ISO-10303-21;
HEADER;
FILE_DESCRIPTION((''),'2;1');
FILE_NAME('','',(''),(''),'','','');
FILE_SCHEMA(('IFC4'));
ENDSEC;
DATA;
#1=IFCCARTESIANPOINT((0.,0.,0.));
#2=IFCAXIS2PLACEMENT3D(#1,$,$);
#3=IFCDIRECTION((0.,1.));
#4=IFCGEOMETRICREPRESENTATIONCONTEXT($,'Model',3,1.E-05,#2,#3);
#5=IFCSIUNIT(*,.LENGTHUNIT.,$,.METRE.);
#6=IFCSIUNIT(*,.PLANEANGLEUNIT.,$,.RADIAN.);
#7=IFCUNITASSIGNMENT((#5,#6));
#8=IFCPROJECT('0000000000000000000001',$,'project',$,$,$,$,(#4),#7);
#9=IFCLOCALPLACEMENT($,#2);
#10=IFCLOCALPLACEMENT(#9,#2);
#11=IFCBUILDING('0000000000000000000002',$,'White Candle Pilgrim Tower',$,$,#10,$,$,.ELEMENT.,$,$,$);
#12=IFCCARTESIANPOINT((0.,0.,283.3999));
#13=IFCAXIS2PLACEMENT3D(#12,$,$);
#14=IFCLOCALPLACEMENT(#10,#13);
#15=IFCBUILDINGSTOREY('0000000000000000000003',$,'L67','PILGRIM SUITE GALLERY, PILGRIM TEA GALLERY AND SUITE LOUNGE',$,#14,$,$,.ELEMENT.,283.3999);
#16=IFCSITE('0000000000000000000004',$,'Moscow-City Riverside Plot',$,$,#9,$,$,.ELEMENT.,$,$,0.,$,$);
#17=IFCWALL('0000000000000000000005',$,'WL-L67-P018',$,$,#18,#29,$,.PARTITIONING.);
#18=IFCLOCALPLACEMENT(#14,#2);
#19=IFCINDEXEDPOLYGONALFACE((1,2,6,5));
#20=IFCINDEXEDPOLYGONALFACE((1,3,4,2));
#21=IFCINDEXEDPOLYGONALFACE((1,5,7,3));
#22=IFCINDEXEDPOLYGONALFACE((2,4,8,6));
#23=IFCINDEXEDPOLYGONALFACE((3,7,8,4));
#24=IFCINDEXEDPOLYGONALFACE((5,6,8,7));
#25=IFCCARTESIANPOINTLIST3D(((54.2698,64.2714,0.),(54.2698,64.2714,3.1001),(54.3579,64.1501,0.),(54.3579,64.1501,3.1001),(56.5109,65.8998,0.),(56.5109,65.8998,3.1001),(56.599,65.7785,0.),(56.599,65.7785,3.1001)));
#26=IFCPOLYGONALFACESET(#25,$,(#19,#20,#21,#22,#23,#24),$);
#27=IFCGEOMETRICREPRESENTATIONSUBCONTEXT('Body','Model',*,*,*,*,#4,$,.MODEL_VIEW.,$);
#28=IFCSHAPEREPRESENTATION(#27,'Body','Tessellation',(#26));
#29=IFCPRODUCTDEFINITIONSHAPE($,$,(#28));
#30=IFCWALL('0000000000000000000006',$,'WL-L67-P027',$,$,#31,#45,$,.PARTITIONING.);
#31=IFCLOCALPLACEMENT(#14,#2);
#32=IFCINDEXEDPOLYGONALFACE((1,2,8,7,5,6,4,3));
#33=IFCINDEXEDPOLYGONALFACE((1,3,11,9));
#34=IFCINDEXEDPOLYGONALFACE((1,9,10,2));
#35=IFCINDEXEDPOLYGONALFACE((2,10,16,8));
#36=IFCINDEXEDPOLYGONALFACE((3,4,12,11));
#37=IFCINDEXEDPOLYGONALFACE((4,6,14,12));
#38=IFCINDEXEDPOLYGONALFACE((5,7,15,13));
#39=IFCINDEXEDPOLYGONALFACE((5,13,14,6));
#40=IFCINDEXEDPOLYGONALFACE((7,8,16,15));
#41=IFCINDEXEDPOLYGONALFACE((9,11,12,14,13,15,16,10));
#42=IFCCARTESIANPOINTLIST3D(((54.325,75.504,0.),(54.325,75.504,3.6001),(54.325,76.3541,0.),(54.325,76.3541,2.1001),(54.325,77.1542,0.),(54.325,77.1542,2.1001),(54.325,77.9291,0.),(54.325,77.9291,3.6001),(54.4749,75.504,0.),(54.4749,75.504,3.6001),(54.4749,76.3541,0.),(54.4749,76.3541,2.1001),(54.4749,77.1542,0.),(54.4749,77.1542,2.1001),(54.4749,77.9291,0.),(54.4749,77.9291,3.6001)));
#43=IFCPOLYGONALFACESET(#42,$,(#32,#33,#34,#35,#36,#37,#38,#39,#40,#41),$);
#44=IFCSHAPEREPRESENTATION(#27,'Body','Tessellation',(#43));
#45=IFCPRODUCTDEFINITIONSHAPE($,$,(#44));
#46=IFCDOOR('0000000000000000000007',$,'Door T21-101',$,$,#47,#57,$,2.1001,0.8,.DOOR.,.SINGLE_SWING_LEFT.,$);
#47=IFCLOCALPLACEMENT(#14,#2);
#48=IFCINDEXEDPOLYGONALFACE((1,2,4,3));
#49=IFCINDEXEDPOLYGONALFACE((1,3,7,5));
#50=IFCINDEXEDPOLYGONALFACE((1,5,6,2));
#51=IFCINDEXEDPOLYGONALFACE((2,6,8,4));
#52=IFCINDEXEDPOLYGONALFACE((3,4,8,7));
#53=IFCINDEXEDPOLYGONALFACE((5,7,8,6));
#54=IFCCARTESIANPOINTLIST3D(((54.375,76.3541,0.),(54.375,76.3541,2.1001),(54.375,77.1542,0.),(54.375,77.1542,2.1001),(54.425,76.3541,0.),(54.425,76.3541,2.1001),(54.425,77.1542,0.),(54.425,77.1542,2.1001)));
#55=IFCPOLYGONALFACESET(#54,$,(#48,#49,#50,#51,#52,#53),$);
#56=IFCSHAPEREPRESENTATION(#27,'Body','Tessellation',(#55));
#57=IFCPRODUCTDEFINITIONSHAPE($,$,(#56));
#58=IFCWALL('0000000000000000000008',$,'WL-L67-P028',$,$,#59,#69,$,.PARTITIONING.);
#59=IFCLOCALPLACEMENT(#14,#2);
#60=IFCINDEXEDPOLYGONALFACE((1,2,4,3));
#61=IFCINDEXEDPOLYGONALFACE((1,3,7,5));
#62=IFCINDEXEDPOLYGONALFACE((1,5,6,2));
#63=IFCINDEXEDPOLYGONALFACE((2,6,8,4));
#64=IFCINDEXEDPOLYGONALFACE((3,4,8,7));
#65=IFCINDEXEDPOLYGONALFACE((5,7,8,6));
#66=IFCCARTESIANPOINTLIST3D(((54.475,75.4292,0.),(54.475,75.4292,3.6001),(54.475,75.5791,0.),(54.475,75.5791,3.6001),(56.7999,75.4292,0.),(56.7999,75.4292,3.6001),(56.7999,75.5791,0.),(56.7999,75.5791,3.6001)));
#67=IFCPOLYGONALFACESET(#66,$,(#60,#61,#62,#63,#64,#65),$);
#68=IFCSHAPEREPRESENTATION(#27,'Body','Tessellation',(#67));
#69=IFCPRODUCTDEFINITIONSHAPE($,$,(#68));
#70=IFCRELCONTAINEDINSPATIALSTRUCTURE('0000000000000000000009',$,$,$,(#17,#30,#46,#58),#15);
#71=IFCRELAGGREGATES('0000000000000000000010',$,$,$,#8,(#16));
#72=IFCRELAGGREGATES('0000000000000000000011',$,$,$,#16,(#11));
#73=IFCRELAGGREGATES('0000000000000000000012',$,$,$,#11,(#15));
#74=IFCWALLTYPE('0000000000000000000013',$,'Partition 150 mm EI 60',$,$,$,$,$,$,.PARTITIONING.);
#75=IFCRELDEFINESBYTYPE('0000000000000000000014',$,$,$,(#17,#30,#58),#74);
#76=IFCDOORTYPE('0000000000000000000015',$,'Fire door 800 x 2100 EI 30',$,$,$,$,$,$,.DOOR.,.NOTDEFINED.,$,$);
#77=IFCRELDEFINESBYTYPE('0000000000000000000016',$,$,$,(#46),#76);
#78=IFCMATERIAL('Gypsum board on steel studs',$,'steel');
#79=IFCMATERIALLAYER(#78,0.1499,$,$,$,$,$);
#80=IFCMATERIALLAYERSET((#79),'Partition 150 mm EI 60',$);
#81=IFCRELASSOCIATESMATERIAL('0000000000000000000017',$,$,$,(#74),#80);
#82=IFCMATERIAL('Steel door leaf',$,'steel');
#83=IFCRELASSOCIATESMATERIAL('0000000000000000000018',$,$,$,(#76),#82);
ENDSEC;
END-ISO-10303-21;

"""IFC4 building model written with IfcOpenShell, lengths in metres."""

from ifc_helpers import new_model, si_unit, direction, frame, frame_2d, origin, place, context, subcontext, project, spatial, rectangle, extrude, material, layer, layer_set, type_object, element, fill, save


model = new_model("IFC4")

# Units and contexts
model_context = context("Model", 3, precision=1e-05, world=origin(), true_north=direction((0.0, 1.0)))
body_context = subcontext(model_context, "Body", "Model", "MODEL_VIEW")
ifc_project = project(units=[si_unit("LENGTHUNIT", "METRE"), si_unit("PLANEANGLEUNIT", "RADIAN")], contexts=[model_context])

# Site, building, storey
site_placement = place(None, origin())
site = spatial("IfcSite", under=ifc_project, at=site_placement, Name="Moscow-City Riverside Plot", CompositionType="ELEMENT", RefElevation=0.0)
building_placement = place(site_placement, origin())
building = spatial("IfcBuilding", under=site, at=building_placement, Name="White Candle Pilgrim Tower", CompositionType="ELEMENT")
storey_placement = place(building_placement, frame((0.0, 0.0, 283.3999)))
storey = spatial("IfcBuildingStorey", under=building, at=storey_placement, Name="L67", Description="PILGRIM SUITE GALLERY, PILGRIM TEA GALLERY AND SUITE LOUNGE", CompositionType="ELEMENT", Elevation=283.3999)

# Shared definitions
ifc_material_1 = material(Name="Gypsum board on steel studs", Category="steel")
ifc_material_2 = material(Name="Steel door leaf", Category="steel")

# Shared definitions
ifc_layer_1 = layer(ifc_material_1, 0.1499)
ifc_layer_set_1 = layer_set([ifc_layer_1], Name="Partition 150 mm EI 60")
wall_type_1 = type_object("IfcWallType", Name="Partition 150 mm EI 60", PredefinedType="PARTITIONING", material=ifc_layer_set_1)

# Wall
wall_1_placement = place(storey_placement, frame((54.3137, 64.2107, 0.0), z_axis=(0.0, 0.0, 1.0), x_axis=(0.809003, 0.587805, 0.0)))
element("IfcWall", 1, at=wall_1_placement, inside=storey, type_object=wall_type_1, Name="WL-L67-P018", PredefinedType="PARTITIONING", context=body_context, shape_type="SweptSolid", body=[
    extrude(rectangle(XDim=2.7703, YDim=0.1499, at=frame_2d((1.3853, 0.0))), origin(), (0.0, 0.0, 1.0), 3.1001),
])

# Wall, opening, door
wall_2_placement = place(storey_placement, frame((54.3999, 75.5042, 0.0), z_axis=(0.0, 0.0, 1.0), x_axis=(0.0, 1.0, 0.0)))
wall_2 = element("IfcWall", 2, at=wall_2_placement, inside=storey, type_object=wall_type_1, Name="WL-L67-P027", PredefinedType="PARTITIONING", context=body_context, shape_type="SweptSolid", body=[
    extrude(rectangle(XDim=2.425, YDim=0.1499, at=frame_2d((1.2124, 0.0))), origin(), (0.0, 0.0, 1.0), 3.6001),
])
opening_1_placement = place(wall_2_placement, frame((0.8501, 0.0, 0.0)))
opening_1 = element("IfcOpeningElement", 3, at=opening_1_placement, cuts=wall_2, PredefinedType="OPENING", context=body_context, shape_type="SweptSolid", body=[
    extrude(rectangle(XDim=0.8, YDim=2.1001, at=frame_2d((0.3999, 1.05))), frame((0.0, 0.085, 0.0), z_axis=(0.0, -1.0, 0.0), x_axis=(1.0, 0.0, 0.0)), (0.0, 0.0, 1.0), 0.1699),
])
door_type_1 = type_object("IfcDoorType", Name="Fire door 800 x 2100 EI 30", OperationType="NOTDEFINED", PredefinedType="DOOR", material=ifc_material_2)
door_1_placement = place(opening_1_placement, origin())
door_1 = element("IfcDoor", 4, at=door_1_placement, inside=storey, type_object=door_type_1, Name="Door T21-101", OperationType="SINGLE_SWING_LEFT", OverallHeight=2.1001, OverallWidth=0.8, PredefinedType="DOOR", context=body_context, shape_type="SweptSolid", body=[
    extrude(rectangle(XDim=0.8, YDim=2.1001, at=frame_2d((0.3999, 1.05))), frame((0.0, 0.0249, 0.0), z_axis=(0.0, -1.0, 0.0), x_axis=(1.0, 0.0, 0.0)), (0.0, 0.0, 1.0), 0.05),
])
fill(opening_1, door_1)

# Wall
wall_3_placement = place(storey_placement, frame((56.8, 75.5042, 0.0), z_axis=(0.0, 0.0, 1.0), x_axis=(-1.0, 0.0, 0.0)))
element("IfcWall", 5, at=wall_3_placement, inside=storey, type_object=wall_type_1, Name="WL-L67-P028", PredefinedType="PARTITIONING", context=body_context, shape_type="SweptSolid", body=[
    extrude(rectangle(XDim=2.325, YDim=0.1499, at=frame_2d((1.1626, 0.0))), origin(), (0.0, 0.0, 1.0), 3.6001),
])

save(model, "model.ifc")
